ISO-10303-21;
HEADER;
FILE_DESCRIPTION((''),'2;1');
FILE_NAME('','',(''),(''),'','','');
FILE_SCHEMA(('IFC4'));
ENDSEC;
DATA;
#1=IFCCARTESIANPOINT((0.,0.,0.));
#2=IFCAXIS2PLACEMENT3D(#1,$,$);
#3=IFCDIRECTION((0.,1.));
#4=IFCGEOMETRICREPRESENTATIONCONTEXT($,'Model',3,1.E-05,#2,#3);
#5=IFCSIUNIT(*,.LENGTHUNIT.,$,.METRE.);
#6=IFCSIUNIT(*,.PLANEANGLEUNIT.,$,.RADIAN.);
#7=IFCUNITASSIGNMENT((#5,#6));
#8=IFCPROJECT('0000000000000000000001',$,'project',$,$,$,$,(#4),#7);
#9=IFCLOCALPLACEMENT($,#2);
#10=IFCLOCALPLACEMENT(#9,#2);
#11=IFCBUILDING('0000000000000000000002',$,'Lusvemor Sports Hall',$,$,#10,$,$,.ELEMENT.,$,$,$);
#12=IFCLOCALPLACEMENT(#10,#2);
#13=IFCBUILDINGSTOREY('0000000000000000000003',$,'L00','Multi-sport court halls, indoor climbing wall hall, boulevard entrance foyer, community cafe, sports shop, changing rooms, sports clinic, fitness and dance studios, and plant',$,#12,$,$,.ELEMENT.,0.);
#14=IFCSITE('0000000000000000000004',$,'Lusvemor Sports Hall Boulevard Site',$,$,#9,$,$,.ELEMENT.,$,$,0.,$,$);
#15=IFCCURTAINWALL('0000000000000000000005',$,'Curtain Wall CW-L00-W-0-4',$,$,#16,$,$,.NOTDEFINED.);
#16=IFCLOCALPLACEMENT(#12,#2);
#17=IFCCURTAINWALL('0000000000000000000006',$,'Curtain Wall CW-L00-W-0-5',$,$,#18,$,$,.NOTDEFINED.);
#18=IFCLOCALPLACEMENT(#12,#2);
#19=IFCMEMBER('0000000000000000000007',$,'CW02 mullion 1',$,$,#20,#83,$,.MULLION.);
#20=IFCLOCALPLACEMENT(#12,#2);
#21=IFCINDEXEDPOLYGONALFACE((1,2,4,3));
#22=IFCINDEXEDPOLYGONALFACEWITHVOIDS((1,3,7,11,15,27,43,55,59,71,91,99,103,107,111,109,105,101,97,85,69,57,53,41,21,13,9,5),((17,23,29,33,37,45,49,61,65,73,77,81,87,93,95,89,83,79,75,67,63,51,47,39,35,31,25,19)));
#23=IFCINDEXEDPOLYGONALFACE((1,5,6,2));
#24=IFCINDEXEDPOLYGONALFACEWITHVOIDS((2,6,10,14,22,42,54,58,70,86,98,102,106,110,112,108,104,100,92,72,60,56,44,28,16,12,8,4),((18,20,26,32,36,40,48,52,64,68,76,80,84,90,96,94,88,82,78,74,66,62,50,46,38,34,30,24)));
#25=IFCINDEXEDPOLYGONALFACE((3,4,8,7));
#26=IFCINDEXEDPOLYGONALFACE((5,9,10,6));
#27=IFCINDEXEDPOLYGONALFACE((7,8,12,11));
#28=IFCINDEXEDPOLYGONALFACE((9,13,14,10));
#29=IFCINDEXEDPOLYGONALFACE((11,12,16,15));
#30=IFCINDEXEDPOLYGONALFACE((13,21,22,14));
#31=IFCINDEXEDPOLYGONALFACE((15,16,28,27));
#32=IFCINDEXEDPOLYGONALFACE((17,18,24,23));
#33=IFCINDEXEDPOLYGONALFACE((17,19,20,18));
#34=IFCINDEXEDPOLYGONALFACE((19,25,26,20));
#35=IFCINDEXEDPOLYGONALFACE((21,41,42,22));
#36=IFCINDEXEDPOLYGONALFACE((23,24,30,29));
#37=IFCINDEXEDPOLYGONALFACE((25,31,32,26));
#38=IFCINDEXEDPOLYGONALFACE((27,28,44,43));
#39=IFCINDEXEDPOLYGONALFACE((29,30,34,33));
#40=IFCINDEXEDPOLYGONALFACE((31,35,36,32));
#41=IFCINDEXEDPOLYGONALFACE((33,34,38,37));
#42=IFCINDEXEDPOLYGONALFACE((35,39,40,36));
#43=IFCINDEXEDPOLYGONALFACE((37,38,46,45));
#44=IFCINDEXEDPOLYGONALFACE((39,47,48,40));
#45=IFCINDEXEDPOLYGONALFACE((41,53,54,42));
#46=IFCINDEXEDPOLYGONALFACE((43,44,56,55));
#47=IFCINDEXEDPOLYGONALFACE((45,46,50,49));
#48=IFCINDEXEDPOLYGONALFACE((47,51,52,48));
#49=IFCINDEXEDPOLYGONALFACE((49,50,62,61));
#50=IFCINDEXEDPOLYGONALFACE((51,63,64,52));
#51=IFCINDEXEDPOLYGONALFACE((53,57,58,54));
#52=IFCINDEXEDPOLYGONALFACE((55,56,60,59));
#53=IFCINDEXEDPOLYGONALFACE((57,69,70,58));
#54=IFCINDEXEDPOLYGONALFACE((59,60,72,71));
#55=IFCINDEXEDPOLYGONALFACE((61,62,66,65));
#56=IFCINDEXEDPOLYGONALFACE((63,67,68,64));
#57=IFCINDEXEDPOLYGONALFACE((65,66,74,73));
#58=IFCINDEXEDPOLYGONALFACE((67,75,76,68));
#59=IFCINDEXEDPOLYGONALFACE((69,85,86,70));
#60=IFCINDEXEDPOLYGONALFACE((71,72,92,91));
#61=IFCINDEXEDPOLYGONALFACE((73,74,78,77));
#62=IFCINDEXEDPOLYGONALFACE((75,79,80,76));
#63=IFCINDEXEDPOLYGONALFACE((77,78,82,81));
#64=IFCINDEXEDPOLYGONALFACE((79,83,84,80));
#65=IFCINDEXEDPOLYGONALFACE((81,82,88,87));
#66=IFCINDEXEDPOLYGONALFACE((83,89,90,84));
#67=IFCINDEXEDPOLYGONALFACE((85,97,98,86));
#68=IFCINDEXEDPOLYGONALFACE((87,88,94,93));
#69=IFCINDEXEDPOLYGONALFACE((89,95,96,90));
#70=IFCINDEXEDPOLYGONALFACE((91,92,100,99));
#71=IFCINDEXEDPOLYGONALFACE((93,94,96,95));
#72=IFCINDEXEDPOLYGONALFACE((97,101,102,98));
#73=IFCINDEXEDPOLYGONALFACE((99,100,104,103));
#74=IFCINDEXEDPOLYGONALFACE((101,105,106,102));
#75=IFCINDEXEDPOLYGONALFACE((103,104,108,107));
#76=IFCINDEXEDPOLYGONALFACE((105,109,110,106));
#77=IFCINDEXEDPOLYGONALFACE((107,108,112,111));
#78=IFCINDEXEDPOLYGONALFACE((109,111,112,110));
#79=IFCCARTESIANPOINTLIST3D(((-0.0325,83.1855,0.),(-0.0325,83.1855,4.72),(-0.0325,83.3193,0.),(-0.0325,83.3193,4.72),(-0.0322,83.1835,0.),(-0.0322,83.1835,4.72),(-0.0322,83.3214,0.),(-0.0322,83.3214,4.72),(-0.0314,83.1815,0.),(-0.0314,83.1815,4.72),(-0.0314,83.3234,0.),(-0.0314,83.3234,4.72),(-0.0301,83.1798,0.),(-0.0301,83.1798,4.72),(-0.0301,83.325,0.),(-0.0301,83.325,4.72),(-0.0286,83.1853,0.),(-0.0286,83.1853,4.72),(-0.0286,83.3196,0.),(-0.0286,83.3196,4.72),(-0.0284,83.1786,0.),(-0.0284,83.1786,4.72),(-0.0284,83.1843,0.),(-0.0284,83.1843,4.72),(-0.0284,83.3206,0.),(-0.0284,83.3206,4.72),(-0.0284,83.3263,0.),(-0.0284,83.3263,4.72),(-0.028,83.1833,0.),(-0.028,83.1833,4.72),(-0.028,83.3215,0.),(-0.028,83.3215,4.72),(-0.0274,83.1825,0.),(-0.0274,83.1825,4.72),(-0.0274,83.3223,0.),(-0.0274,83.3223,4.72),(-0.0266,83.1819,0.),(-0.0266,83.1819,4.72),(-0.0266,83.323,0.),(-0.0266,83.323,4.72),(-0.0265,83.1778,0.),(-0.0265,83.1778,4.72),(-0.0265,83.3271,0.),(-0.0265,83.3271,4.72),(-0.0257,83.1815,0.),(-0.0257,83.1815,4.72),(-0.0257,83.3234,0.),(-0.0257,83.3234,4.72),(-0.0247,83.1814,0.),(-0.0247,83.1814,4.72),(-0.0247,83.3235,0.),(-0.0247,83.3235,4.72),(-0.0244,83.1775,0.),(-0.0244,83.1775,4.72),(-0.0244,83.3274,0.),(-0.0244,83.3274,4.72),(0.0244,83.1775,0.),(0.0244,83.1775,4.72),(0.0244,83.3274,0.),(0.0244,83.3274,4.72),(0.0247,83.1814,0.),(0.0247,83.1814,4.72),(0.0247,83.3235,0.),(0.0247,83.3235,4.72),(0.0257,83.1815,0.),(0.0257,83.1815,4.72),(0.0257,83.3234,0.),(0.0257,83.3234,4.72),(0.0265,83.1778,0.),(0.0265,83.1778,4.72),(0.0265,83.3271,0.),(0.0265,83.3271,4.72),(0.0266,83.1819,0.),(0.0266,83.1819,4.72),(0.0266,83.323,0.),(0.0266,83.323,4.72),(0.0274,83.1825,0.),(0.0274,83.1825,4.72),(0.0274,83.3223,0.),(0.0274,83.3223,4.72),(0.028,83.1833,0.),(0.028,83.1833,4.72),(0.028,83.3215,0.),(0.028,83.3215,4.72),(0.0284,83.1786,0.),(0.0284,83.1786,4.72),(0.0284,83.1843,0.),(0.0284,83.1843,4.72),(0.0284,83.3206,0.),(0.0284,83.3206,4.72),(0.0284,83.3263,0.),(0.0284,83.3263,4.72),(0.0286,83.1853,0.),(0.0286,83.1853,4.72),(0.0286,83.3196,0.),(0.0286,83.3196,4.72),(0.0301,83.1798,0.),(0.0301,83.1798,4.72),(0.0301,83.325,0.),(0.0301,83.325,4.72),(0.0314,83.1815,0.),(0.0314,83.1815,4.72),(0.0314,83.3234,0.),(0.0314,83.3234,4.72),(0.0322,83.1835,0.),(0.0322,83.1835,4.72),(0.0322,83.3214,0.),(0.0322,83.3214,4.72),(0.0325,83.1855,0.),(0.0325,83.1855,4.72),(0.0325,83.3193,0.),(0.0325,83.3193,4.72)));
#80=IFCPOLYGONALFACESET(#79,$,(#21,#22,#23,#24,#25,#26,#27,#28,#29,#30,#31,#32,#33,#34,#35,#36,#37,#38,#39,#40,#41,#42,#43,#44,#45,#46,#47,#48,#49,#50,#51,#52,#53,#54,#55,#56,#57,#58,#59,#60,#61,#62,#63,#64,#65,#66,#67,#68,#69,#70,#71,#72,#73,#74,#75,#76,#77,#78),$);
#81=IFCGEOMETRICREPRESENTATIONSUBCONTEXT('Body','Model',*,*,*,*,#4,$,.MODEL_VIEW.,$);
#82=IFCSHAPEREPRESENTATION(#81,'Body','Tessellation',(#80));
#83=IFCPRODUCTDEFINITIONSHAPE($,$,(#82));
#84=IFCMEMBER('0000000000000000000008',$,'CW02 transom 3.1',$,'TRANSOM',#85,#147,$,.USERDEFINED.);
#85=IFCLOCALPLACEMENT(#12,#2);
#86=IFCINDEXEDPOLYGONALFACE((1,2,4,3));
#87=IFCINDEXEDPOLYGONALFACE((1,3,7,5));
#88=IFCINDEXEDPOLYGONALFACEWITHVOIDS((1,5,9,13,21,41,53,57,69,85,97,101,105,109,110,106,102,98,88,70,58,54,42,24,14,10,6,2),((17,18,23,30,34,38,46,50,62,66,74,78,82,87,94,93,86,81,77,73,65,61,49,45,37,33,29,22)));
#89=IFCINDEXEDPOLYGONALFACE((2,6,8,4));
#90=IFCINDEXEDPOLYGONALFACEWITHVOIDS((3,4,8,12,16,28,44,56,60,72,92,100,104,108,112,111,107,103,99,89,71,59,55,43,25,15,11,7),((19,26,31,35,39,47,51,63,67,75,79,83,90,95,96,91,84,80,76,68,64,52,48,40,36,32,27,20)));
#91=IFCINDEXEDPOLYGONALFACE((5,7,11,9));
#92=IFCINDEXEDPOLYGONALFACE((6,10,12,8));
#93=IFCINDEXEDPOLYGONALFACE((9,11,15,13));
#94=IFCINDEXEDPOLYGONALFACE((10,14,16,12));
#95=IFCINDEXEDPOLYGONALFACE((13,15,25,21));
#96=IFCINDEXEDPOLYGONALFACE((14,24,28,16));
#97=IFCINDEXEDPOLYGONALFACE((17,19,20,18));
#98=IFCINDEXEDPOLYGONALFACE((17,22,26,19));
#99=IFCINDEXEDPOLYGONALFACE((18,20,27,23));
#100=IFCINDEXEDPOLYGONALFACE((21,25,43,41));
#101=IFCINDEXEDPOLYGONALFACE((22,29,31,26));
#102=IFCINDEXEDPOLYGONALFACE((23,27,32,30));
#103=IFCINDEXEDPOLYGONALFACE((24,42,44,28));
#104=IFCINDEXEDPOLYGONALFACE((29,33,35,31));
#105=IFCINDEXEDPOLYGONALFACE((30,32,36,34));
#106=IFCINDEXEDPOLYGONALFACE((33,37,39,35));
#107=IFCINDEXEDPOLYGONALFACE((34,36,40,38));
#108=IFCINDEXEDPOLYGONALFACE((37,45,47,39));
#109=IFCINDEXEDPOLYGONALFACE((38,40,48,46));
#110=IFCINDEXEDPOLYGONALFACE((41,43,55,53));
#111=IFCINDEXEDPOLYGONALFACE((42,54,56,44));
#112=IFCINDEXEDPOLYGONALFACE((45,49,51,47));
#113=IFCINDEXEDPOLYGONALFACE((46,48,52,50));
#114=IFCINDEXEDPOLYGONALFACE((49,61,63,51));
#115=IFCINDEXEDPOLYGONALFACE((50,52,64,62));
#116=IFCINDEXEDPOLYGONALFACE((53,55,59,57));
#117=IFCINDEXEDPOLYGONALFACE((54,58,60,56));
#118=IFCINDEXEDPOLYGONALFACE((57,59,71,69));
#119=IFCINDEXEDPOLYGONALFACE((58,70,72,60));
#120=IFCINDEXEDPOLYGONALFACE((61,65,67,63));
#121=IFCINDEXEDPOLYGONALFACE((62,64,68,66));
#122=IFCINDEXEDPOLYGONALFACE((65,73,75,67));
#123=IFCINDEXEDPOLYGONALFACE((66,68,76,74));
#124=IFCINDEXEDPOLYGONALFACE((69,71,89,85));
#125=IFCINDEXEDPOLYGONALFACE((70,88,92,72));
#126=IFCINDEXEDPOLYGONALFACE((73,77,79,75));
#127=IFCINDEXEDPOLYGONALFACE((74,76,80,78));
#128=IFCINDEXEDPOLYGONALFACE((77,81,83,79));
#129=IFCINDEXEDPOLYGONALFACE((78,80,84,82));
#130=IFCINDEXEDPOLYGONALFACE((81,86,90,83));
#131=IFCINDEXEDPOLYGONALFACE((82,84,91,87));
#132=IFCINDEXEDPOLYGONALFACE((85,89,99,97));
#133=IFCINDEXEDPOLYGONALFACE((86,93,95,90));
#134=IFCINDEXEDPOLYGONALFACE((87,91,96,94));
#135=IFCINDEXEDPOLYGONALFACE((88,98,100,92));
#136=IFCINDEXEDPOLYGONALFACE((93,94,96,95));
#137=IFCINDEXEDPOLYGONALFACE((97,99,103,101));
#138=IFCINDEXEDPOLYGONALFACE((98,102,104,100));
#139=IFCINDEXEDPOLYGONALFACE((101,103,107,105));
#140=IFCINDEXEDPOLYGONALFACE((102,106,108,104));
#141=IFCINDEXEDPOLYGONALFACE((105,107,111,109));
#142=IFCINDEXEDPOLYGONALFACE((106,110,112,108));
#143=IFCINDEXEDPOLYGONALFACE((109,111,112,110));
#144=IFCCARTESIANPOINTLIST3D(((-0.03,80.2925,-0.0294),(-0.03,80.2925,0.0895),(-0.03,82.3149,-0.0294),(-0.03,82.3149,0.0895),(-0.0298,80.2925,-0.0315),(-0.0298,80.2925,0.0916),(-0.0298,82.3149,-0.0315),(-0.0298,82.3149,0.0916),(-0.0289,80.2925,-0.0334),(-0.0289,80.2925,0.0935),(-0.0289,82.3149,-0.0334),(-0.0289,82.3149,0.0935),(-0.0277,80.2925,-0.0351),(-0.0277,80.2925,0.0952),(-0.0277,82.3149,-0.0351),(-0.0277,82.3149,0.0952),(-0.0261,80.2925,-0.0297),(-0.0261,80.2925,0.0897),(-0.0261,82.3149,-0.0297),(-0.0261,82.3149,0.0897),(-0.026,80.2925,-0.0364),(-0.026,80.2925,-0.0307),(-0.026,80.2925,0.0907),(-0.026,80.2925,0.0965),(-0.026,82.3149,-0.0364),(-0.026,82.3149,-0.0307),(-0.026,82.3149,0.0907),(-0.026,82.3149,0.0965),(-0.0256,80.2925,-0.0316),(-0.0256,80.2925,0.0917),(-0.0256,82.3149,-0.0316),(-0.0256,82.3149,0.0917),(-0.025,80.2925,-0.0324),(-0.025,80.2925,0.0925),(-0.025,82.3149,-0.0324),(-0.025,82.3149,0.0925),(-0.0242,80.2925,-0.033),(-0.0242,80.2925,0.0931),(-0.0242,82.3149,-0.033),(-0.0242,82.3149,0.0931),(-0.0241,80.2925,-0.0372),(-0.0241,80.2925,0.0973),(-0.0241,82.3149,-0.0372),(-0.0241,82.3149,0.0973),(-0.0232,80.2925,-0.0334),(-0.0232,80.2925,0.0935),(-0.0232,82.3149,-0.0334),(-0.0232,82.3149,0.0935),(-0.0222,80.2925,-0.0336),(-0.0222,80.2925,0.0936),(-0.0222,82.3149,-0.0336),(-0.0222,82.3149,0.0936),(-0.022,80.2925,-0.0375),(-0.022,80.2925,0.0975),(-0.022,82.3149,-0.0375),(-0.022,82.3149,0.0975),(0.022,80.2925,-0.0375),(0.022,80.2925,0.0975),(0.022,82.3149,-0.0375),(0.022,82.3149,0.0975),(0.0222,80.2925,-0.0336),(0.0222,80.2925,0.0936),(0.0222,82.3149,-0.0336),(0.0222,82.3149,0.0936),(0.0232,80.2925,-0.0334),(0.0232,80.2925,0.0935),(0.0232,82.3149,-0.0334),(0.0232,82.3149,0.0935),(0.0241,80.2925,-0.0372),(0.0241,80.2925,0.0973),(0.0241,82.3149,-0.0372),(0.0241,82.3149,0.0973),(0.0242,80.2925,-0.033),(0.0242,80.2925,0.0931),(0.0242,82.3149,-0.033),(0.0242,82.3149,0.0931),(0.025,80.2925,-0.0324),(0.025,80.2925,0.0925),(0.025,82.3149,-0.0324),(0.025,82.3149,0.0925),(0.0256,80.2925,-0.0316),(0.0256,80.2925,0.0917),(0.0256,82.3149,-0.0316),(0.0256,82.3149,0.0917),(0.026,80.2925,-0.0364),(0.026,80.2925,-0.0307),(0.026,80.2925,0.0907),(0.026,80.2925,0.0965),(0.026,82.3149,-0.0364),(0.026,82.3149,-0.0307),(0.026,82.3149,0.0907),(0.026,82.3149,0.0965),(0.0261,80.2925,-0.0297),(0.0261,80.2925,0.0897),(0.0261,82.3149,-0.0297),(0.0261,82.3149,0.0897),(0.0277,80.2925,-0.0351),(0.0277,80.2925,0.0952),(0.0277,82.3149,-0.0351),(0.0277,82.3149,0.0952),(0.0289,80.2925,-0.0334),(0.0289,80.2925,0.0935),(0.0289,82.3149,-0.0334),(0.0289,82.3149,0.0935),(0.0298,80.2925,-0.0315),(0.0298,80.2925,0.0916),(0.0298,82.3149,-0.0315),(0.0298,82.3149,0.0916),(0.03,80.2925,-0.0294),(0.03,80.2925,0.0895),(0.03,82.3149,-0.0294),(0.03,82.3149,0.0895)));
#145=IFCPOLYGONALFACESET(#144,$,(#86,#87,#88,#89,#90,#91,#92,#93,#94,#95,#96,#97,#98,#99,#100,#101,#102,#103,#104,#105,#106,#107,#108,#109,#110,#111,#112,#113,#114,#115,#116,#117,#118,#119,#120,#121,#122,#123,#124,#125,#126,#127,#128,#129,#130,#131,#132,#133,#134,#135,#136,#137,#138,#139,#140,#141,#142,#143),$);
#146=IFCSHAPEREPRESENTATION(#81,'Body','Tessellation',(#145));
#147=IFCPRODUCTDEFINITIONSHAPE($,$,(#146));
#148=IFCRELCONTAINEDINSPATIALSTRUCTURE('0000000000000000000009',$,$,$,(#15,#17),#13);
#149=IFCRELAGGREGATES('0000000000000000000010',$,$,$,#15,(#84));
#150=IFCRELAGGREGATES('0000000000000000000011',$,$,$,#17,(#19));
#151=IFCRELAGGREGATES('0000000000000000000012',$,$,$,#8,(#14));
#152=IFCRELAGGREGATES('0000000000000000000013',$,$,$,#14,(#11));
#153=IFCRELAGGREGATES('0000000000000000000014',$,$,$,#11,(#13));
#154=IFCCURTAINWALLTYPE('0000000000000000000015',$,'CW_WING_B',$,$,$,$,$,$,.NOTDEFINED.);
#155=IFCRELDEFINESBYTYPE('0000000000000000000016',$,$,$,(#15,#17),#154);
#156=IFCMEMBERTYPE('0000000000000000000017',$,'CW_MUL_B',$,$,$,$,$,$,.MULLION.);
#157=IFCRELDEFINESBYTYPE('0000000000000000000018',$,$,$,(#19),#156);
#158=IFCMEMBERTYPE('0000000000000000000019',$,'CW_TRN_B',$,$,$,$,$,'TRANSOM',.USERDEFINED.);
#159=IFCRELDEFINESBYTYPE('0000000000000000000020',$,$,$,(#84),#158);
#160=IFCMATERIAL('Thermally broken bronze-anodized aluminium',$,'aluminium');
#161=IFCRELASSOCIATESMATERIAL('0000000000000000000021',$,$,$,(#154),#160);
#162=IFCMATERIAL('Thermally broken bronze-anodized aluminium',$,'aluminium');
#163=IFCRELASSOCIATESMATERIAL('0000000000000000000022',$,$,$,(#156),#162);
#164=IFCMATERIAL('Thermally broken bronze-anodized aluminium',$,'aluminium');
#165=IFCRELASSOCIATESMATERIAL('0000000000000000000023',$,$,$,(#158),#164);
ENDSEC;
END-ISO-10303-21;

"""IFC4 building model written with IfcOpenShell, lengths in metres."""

from ifc_helpers import new_model, si_unit, direction, frame, origin, origin_2d, place, context, subcontext, project, spatial, hollow_rectangle, extrude, material, material_profile, profile_set, type_object, element, aggregate, save


model = new_model("IFC4")

# Units and contexts
model_context = context("Model", 3, precision=1e-05, world=origin(), true_north=direction((0.0, 1.0)))
body_context = subcontext(model_context, "Body", "Model", "MODEL_VIEW")
ifc_project = project(units=[si_unit("LENGTHUNIT", "METRE"), si_unit("PLANEANGLEUNIT", "RADIAN")], contexts=[model_context])

# Site, building, storey
site_placement = place(None, origin())
site = spatial("IfcSite", under=ifc_project, at=site_placement, Name="Lusvemor Sports Hall Boulevard Site", CompositionType="ELEMENT", RefElevation=0.0)
building_placement = place(site_placement, origin())
building = spatial("IfcBuilding", under=site, at=building_placement, Name="Lusvemor Sports Hall", CompositionType="ELEMENT")
storey_placement = place(building_placement, origin())
storey = spatial("IfcBuildingStorey", under=building, at=storey_placement, Name="L00", Description="Multi-sport court halls, indoor climbing wall hall, boulevard entrance foyer, community cafe, sports shop, changing rooms, sports clinic, fitness and dance studios, and plant", CompositionType="ELEMENT", Elevation=0.0)

# Curtain wall
ifc_material_1 = material(Name="Thermally broken bronze-anodized aluminium", Category="aluminium")
curtain_wall_type = type_object("IfcCurtainWallType", Name="CW_WING_B", PredefinedType="NOTDEFINED", material=ifc_material_1)
curtain_wall_1_placement = place(storey_placement, origin())
curtain_wall_1 = element("IfcCurtainWall", 1, at=curtain_wall_1_placement, inside=storey, type_object=curtain_wall_type, Name="Curtain Wall CW-L00-W-0-4", PredefinedType="NOTDEFINED")
ifc_material_2 = material(Name="Thermally broken bronze-anodized aluminium", Category="aluminium")
ifc_material_profile_1 = material_profile(ifc_material_2, hollow_rectangle(XDim=0.0649, YDim=0.1499, WallThickness=0.0039, InnerFilletRadius=0.0039, OuterFilletRadius=0.0081, at=origin_2d()), Name="CWMUL150x65x4")
ifc_profile_set_1 = profile_set([ifc_material_profile_1], Name="Thermally broken bronze-anodized aluminium")
member_type_1 = type_object("IfcMemberType", Name="CW_MUL_B", PredefinedType="MULLION", material=ifc_profile_set_1)

# Curtain wall, member
curtain_wall_2_placement = place(storey_placement, origin())
curtain_wall_2 = element("IfcCurtainWall", 2, at=curtain_wall_2_placement, inside=storey, type_object=curtain_wall_type, Name="Curtain Wall CW-L00-W-0-5", PredefinedType="NOTDEFINED")
member_1_placement = place(storey_placement, frame((0.0, 83.2524, 0.0), z_axis=(0.0, 0.0, 1.0), x_axis=(-1.0, 0.0, 0.0)))
member_1 = element("IfcMember", 3, at=member_1_placement, type_object=member_type_1, Name="CW02 mullion 1", PredefinedType="MULLION", context=body_context, shape_type="SweptSolid", body=[
    extrude(hollow_rectangle(XDim=0.0649, YDim=0.1499, WallThickness=0.0039, InnerFilletRadius=0.0039, OuterFilletRadius=0.0081, at=origin_2d()), origin(), (0.0, 0.0, 1.0), 4.72),
])

# Member
ifc_material_3 = material(Name="Thermally broken bronze-anodized aluminium", Category="aluminium")
ifc_material_profile_2 = material_profile(ifc_material_3, hollow_rectangle(XDim=0.0601, YDim=0.135, WallThickness=0.0039, InnerFilletRadius=0.0039, OuterFilletRadius=0.0081, at=origin_2d()), Name="CWTRN135x60x4")
ifc_profile_set_2 = profile_set([ifc_material_profile_2], Name="Thermally broken bronze-anodized aluminium")
member_type_2 = type_object("IfcMemberType", Name="CW_TRN_B", ElementType="TRANSOM", PredefinedType="USERDEFINED", material=ifc_profile_set_2)
member_2_placement = place(storey_placement, frame((0.0, 80.2925, 0.03), z_axis=(0.0, 1.0, 0.0), x_axis=(-1.0, 0.0, 0.0)))
member_2 = element("IfcMember", 4, at=member_2_placement, type_object=member_type_2, Name="CW02 transom 3.1", ObjectType="TRANSOM", PredefinedType="USERDEFINED", context=body_context, shape_type="SweptSolid", body=[
    extrude(hollow_rectangle(XDim=0.0601, YDim=0.135, WallThickness=0.0039, InnerFilletRadius=0.0039, OuterFilletRadius=0.0081, at=origin_2d()), origin(), (0.0, 0.0, 1.0), 2.0225),
])

aggregate(curtain_wall_1, [member_2])
aggregate(curtain_wall_2, [member_1])

save(model, "model.ifc")
